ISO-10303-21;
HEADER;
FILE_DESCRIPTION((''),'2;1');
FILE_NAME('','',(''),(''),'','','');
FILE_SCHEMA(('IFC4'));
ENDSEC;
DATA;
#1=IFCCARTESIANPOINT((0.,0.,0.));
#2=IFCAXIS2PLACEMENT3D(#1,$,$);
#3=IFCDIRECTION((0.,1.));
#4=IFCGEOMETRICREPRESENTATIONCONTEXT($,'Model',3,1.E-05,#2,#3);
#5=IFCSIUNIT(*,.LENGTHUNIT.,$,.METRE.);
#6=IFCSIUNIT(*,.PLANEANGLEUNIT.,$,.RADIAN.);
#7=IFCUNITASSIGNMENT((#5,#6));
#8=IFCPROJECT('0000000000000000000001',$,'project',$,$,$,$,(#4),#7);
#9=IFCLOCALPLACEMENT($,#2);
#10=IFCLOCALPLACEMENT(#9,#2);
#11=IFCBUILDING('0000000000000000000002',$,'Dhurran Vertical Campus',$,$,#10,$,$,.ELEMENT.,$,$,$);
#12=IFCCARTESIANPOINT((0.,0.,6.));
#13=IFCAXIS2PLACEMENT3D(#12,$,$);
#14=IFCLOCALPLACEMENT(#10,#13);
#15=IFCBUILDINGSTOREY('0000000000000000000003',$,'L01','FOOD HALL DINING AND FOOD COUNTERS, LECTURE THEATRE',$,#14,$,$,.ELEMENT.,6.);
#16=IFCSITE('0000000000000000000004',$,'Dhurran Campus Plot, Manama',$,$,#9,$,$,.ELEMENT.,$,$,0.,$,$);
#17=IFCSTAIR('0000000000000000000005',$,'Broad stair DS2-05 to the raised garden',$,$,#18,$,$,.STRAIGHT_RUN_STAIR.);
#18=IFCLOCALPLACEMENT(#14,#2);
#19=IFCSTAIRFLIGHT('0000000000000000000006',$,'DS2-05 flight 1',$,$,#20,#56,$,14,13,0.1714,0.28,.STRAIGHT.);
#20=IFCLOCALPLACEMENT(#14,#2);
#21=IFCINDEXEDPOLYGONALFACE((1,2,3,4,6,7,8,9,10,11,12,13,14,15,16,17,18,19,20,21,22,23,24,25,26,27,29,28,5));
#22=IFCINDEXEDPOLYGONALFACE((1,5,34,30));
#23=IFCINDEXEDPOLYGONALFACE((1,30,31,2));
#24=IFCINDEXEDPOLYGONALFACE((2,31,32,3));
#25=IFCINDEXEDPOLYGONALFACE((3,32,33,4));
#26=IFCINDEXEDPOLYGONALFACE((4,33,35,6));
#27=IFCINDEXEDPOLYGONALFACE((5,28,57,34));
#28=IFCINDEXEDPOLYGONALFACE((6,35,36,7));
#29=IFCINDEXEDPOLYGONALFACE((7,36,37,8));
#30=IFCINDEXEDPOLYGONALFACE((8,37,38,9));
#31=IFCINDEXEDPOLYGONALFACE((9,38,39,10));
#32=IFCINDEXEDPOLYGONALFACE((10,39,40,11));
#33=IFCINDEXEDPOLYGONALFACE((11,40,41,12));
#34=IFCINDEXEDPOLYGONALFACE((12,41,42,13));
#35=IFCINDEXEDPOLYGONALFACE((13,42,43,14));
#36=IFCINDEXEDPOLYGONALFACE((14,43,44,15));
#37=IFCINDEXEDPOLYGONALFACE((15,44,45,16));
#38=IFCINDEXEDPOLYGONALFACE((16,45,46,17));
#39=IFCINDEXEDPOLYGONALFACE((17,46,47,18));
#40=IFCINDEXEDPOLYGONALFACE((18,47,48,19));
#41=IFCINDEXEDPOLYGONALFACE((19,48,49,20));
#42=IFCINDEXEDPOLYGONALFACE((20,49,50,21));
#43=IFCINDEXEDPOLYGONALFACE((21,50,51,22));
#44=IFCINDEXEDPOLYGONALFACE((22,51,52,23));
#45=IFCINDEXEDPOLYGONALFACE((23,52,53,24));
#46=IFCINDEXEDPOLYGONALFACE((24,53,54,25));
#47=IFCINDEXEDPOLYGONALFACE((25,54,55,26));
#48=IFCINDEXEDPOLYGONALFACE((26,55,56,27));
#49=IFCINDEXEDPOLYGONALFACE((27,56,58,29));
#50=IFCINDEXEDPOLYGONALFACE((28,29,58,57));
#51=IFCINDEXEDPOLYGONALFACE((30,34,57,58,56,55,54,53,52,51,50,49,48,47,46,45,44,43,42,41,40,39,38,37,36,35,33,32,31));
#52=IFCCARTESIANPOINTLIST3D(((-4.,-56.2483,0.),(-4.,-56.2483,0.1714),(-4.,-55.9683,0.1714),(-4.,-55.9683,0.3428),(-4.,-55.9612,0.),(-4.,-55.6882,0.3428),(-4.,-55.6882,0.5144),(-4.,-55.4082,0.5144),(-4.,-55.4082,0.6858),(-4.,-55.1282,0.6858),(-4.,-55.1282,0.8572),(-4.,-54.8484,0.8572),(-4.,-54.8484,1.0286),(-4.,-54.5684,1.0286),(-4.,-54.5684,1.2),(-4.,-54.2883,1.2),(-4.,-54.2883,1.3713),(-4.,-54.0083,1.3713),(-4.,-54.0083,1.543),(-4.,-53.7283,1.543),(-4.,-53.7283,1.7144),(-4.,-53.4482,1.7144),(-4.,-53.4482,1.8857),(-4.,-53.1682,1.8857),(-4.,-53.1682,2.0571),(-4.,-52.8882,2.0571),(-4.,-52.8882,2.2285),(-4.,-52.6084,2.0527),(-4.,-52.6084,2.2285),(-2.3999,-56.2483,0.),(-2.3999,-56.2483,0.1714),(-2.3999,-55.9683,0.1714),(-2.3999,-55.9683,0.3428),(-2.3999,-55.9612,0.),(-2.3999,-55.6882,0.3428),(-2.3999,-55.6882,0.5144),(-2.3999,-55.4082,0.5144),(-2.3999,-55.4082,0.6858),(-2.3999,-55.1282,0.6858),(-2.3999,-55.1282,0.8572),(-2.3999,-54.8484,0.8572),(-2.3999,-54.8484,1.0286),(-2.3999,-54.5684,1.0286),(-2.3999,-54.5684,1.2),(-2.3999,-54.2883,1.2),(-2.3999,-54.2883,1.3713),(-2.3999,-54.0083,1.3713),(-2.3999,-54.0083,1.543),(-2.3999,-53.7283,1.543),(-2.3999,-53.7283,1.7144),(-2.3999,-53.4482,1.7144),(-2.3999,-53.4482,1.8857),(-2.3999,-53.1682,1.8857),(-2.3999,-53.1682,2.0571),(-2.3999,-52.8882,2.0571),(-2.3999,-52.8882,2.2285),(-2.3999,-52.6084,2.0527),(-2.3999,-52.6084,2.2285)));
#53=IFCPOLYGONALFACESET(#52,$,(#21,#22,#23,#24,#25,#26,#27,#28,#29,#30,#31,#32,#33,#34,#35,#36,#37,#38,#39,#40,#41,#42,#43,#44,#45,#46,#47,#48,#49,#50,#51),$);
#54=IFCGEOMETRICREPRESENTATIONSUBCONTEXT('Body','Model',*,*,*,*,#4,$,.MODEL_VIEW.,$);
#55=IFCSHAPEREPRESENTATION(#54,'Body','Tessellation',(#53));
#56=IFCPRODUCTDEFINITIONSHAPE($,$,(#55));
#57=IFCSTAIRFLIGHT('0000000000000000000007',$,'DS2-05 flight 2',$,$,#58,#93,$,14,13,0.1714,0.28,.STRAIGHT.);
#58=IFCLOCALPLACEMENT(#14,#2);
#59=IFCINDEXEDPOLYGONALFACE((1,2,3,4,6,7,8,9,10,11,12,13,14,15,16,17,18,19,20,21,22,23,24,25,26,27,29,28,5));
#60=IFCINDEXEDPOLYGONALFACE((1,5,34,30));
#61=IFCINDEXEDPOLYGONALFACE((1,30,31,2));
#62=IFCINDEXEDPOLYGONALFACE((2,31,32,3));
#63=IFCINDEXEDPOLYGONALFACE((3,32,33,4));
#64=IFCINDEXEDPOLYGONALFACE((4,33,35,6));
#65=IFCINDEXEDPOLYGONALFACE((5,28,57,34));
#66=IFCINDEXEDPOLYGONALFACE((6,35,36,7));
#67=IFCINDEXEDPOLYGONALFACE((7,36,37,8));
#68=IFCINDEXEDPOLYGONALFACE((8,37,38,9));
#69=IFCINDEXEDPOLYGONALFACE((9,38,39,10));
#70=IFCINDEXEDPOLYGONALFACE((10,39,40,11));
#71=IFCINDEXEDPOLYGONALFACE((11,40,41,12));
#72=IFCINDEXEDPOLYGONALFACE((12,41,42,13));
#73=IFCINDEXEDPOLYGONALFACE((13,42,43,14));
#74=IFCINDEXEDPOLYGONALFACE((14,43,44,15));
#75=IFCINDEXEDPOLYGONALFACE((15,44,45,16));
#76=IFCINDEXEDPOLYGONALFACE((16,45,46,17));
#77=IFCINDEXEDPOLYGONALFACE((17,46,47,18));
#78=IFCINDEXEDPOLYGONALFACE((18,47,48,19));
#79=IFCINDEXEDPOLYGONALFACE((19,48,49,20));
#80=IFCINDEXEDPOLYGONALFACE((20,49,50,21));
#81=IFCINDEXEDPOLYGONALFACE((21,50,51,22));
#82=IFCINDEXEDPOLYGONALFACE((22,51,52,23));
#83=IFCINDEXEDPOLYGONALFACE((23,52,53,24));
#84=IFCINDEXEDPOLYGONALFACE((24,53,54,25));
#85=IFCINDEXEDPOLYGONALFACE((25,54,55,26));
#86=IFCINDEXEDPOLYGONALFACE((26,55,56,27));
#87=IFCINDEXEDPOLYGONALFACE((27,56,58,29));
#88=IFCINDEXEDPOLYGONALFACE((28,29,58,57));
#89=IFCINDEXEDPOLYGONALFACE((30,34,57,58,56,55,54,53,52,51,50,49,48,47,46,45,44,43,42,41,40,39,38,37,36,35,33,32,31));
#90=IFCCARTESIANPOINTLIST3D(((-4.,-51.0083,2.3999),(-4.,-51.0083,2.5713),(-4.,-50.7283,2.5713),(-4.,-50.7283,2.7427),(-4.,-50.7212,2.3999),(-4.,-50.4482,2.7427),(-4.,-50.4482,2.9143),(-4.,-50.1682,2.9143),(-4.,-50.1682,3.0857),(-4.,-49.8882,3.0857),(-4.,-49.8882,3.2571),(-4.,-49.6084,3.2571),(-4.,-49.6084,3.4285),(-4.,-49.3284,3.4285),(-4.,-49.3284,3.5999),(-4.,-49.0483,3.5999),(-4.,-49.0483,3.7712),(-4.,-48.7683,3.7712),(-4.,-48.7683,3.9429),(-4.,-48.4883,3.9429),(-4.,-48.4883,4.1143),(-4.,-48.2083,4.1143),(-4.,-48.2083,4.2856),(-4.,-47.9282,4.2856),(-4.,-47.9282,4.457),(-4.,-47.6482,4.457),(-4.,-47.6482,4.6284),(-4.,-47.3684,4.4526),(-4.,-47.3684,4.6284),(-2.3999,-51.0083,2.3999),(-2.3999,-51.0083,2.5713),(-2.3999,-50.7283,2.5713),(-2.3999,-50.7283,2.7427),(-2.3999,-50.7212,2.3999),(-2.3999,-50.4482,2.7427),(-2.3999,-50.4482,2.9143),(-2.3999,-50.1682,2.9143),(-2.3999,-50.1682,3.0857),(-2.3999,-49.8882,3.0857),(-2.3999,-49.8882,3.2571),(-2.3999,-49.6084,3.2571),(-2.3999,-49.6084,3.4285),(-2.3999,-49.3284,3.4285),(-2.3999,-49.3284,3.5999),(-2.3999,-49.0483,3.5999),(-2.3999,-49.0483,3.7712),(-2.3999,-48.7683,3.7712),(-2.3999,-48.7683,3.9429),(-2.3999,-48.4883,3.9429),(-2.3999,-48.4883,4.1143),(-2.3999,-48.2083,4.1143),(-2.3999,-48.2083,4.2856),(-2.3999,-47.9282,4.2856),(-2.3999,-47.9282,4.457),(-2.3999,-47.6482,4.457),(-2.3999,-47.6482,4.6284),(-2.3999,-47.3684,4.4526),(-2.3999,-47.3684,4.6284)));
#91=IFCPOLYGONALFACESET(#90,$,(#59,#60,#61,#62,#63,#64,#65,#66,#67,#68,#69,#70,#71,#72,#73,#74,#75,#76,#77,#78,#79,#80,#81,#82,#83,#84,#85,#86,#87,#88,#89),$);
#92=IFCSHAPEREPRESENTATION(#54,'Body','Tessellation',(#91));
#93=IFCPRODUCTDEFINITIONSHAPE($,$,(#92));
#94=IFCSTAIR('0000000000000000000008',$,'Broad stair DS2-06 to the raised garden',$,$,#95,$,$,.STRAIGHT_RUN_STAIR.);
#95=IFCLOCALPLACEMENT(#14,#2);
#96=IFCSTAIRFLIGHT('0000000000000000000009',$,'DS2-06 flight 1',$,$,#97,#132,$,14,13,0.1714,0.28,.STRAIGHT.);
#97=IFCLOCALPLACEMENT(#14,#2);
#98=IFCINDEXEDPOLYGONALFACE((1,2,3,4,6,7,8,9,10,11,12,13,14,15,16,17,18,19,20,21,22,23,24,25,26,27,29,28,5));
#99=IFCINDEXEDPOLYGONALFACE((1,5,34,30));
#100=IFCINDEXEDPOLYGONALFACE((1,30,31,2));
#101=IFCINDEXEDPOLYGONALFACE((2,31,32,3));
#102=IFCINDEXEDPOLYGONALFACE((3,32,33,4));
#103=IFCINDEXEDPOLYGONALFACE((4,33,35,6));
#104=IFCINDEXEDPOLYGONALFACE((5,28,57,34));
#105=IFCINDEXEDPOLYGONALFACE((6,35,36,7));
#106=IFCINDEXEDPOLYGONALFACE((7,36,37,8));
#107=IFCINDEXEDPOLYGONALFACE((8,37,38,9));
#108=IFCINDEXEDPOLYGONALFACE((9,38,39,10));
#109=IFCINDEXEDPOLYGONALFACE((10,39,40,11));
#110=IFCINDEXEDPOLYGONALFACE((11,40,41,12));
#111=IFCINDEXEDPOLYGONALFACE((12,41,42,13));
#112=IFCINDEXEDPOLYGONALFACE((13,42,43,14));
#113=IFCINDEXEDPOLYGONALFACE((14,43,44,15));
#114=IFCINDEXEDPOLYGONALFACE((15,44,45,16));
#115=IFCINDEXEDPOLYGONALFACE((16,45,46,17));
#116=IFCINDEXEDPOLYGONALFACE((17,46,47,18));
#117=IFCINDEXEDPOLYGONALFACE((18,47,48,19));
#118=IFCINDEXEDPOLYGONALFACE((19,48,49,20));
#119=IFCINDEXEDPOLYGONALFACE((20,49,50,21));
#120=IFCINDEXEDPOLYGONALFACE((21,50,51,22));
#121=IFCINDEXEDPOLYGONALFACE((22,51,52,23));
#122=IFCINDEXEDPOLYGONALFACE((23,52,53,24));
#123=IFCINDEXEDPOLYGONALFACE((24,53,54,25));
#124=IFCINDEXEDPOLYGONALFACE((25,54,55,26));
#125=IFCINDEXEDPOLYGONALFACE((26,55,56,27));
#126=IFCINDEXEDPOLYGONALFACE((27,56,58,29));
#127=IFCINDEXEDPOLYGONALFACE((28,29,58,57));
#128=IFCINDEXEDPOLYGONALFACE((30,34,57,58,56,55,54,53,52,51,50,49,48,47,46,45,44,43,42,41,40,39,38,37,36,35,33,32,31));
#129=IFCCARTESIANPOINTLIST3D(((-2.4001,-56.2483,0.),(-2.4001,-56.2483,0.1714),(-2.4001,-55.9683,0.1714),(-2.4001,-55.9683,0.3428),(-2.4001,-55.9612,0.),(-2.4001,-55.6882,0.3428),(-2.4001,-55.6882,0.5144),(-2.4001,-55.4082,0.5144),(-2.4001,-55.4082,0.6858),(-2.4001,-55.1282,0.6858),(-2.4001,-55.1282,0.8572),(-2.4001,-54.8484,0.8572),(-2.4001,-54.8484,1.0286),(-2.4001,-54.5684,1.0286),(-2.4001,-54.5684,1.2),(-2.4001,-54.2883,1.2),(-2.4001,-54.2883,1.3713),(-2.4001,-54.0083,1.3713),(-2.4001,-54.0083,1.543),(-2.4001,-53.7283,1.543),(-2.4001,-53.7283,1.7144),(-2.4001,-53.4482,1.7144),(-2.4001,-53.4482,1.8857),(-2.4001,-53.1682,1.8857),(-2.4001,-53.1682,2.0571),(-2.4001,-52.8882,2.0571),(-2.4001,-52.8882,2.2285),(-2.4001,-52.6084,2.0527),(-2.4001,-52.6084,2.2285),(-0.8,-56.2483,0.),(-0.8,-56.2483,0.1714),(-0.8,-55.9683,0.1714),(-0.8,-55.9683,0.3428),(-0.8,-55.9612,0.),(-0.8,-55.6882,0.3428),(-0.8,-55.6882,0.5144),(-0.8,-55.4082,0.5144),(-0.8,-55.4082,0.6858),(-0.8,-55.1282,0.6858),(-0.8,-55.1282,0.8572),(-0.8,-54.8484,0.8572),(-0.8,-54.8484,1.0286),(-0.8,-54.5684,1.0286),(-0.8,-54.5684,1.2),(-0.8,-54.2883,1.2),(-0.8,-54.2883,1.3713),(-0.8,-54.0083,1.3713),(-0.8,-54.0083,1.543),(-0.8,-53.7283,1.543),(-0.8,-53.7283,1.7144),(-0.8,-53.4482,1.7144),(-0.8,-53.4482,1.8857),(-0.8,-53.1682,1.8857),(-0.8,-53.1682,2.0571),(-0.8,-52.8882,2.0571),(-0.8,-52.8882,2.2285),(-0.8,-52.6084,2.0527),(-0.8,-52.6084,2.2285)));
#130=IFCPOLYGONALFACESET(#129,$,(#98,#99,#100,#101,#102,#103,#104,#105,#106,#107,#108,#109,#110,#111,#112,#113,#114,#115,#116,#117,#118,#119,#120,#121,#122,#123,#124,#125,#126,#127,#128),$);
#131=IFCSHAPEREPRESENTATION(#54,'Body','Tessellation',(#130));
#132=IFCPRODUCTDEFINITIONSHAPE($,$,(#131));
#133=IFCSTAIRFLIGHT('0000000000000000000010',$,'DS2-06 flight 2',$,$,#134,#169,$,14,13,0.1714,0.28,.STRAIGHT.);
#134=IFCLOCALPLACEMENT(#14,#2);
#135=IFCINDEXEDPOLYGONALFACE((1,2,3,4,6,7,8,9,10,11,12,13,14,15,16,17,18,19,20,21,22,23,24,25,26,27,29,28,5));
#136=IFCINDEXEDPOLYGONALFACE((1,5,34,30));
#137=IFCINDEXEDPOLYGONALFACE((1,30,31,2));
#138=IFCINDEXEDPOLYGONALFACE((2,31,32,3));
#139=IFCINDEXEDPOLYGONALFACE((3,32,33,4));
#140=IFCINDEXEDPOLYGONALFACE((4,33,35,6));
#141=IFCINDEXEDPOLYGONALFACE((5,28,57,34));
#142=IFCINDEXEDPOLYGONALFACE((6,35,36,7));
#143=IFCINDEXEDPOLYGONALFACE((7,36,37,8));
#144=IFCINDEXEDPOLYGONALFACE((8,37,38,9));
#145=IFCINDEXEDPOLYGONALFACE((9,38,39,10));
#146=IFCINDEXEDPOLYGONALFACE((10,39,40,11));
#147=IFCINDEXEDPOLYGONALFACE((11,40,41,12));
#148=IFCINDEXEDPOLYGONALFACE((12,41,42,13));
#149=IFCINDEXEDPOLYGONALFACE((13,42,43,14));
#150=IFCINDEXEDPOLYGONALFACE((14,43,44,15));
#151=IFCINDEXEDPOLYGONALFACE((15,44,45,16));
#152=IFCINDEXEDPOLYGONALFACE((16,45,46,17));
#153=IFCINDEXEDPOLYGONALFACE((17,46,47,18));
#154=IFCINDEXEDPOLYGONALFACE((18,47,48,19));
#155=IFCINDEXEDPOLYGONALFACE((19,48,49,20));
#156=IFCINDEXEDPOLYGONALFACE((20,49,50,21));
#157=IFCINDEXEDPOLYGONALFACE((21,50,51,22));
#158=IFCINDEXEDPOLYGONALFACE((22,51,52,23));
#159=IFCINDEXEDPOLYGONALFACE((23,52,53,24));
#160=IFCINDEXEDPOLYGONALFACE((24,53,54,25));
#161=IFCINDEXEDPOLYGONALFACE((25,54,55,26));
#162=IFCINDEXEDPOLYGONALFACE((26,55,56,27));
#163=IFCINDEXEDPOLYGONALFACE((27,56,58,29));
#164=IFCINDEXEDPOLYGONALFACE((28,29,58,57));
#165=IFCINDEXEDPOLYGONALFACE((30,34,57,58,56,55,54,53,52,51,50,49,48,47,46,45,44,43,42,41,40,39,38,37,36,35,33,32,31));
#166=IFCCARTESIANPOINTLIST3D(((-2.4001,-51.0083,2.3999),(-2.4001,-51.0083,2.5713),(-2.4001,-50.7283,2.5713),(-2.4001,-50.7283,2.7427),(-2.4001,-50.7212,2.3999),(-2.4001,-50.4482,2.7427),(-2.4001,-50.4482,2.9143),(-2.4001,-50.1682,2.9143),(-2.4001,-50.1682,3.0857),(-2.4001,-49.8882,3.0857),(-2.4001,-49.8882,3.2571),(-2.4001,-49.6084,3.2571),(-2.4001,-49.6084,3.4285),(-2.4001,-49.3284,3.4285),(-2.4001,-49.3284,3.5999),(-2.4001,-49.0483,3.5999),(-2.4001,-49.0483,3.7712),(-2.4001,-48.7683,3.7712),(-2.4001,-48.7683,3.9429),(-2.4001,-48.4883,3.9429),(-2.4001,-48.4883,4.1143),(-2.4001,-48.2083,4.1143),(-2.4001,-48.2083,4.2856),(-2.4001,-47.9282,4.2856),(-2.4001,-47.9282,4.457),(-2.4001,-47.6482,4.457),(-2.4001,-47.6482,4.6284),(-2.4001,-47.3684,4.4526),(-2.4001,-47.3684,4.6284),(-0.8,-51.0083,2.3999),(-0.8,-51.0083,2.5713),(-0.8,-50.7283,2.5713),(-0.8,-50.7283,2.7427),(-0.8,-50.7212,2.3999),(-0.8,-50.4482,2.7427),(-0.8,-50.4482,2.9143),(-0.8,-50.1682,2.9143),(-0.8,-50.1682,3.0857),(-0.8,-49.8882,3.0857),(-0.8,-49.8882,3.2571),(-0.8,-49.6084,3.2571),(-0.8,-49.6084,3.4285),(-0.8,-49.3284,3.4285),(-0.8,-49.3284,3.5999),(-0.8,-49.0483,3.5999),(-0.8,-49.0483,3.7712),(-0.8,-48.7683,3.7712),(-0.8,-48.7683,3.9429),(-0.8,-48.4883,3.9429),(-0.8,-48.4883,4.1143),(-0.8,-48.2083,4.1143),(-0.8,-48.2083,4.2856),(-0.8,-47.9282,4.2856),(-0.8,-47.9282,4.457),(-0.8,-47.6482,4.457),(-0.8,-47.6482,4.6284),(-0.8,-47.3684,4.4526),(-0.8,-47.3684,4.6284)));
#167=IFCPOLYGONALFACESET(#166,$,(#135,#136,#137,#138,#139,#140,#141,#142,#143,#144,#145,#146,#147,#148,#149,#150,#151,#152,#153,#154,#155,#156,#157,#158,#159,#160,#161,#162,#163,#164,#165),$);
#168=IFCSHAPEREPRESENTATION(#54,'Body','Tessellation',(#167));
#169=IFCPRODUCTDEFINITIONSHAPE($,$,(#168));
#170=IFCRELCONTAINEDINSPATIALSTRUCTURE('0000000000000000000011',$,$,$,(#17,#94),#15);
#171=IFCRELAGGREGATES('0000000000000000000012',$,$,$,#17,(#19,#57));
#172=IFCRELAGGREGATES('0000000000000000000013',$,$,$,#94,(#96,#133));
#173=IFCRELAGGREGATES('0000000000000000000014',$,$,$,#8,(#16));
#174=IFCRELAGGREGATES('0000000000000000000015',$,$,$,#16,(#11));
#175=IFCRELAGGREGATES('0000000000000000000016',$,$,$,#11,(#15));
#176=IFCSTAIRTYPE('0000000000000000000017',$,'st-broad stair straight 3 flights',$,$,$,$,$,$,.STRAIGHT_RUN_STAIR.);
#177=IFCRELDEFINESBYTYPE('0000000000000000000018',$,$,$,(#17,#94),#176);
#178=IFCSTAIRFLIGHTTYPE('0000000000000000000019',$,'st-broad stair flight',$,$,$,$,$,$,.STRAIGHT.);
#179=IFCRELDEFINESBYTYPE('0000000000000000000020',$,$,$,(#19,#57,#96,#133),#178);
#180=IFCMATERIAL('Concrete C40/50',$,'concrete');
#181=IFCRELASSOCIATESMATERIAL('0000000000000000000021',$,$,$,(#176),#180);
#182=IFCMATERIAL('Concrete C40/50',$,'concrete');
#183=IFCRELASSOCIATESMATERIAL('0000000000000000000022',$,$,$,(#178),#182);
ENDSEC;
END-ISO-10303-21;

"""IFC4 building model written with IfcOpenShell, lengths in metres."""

from ifc_helpers import new_model, si_unit, direction, frame, origin, place, context, subcontext, project, spatial, polyline, outline, extrude, material, type_object, element, aggregate, save


model = new_model("IFC4")

# Units and contexts
model_context = context("Model", 3, precision=1e-05, world=origin(), true_north=direction((0.0, 1.0)))
body_context = subcontext(model_context, "Body", "Model", "MODEL_VIEW")
ifc_project = project(units=[si_unit("LENGTHUNIT", "METRE"), si_unit("PLANEANGLEUNIT", "RADIAN")], contexts=[model_context])

# Site, building, storey
site_placement = place(None, origin())
site = spatial("IfcSite", under=ifc_project, at=site_placement, Name="Dhurran Campus Plot, Manama", CompositionType="ELEMENT", RefElevation=0.0)
building_placement = place(site_placement, origin())
building = spatial("IfcBuilding", under=site, at=building_placement, Name="Dhurran Vertical Campus", CompositionType="ELEMENT")
storey_placement = place(building_placement, frame((0.0, 0.0, 6.0)))
storey = spatial("IfcBuildingStorey", under=building, at=storey_placement, Name="L01", Description="FOOD HALL DINING AND FOOD COUNTERS, LECTURE THEATRE", CompositionType="ELEMENT", Elevation=6.0)

# Stairs, stair flights
ifc_material_1 = material(Name="Concrete C40/50", Category="concrete")
stair_type = type_object("IfcStairType", Name="st-broad stair straight 3 flights", PredefinedType="STRAIGHT_RUN_STAIR", material=ifc_material_1)
ifc_material_2 = material(Name="Concrete C40/50", Category="concrete")
stair_flight_type = type_object("IfcStairFlightType", Name="st-broad stair flight", PredefinedType="STRAIGHT", material=ifc_material_2)
stair_1_placement = place(storey_placement, origin())
stair_1 = element("IfcStair", 1, at=stair_1_placement, inside=storey, type_object=stair_type, Name="Broad stair DS2-05 to the raised garden", PredefinedType="STRAIGHT_RUN_STAIR")
stair_flight_1_placement = place(storey_placement, frame((-3.2, -56.2483, 0.0), z_axis=(0.0, 0.0, 1.0), x_axis=(0.0, 1.0, 0.0)))
stair_flight_1 = element("IfcStairFlight", 2, at=stair_flight_1_placement, type_object=stair_flight_type, Name="DS2-05 flight 1", NumberOfRisers=14, NumberOfTreads=13, PredefinedType="STRAIGHT", RiserHeight=0.1714, TreadLength=0.28, context=body_context, shape_type="SweptSolid", body=[
    extrude(outline(polyline([(0.0, 0.0), (0.0, 0.1714), (0.28, 0.1714), (0.28, 0.3428), (0.5601, 0.3428), (0.5601, 0.5144), (0.8401, 0.5144), (0.8401, 0.6858), (1.1201, 0.6858), (1.1201, 0.8572), (1.3999, 0.8572), (1.3999, 1.0286), (1.6799, 1.0286), (1.6799, 1.2), (1.96, 1.2), (1.96, 1.3713), (2.24, 1.3713), (2.24, 1.543), (2.52, 1.543), (2.52, 1.7144), (2.8, 1.7144), (2.8, 1.8857), (3.0801, 1.8857), (3.0801, 2.0571), (3.3601, 2.0571), (3.3601, 2.2285), (3.6399, 2.2285), (3.6399, 2.3999), (3.6399, 2.0527), (0.2871, 0.0), (0.0, 0.0)])), frame((0.0, 0.8, 0.0), z_axis=(0.0, -1.0, 0.0), x_axis=(1.0, 0.0, 0.0)), (0.0, 0.0, 1.0), 1.6001),
])
stair_flight_2_placement = place(storey_placement, frame((-3.2, -51.0083, 2.3999), z_axis=(0.0, 0.0, 1.0), x_axis=(0.0, 1.0, 0.0)))
stair_flight_2 = element("IfcStairFlight", 3, at=stair_flight_2_placement, type_object=stair_flight_type, Name="DS2-05 flight 2", NumberOfRisers=14, NumberOfTreads=13, PredefinedType="STRAIGHT", RiserHeight=0.1714, TreadLength=0.28, context=body_context, shape_type="SweptSolid", body=[
    extrude(outline(polyline([(0.0, 0.0), (0.0, 0.1714), (0.28, 0.1714), (0.28, 0.3428), (0.5601, 0.3428), (0.5601, 0.5144), (0.8401, 0.5144), (0.8401, 0.6858), (1.1201, 0.6858), (1.1201, 0.8572), (1.3999, 0.8572), (1.3999, 1.0286), (1.6799, 1.0286), (1.6799, 1.2), (1.96, 1.2), (1.96, 1.3713), (2.24, 1.3713), (2.24, 1.543), (2.52, 1.543), (2.52, 1.7144), (2.8, 1.7144), (2.8, 1.8857), (3.0801, 1.8857), (3.0801, 2.0571), (3.3601, 2.0571), (3.3601, 2.2285), (3.6399, 2.2285), (3.6399, 2.3999), (3.6399, 2.0527), (0.2871, 0.0), (0.0, 0.0)])), frame((0.0, 0.8, 0.0), z_axis=(0.0, -1.0, 0.0), x_axis=(1.0, 0.0, 0.0)), (0.0, 0.0, 1.0), 1.6001),
])
aggregate(stair_1, [stair_flight_1, stair_flight_2])
stair_2_placement = place(storey_placement, origin())
stair_2 = element("IfcStair", 4, at=stair_2_placement, inside=storey, type_object=stair_type, Name="Broad stair DS2-06 to the raised garden", PredefinedType="STRAIGHT_RUN_STAIR")
stair_flight_3_placement = place(storey_placement, frame((-1.6001, -56.2483, 0.0), z_axis=(0.0, 0.0, 1.0), x_axis=(0.0, 1.0, 0.0)))
stair_flight_3 = element("IfcStairFlight", 5, at=stair_flight_3_placement, type_object=stair_flight_type, Name="DS2-06 flight 1", NumberOfRisers=14, NumberOfTreads=13, PredefinedType="STRAIGHT", RiserHeight=0.1714, TreadLength=0.28, context=body_context, shape_type="SweptSolid", body=[
    extrude(outline(polyline([(0.0, 0.0), (0.0, 0.1714), (0.28, 0.1714), (0.28, 0.3428), (0.5601, 0.3428), (0.5601, 0.5144), (0.8401, 0.5144), (0.8401, 0.6858), (1.1201, 0.6858), (1.1201, 0.8572), (1.3999, 0.8572), (1.3999, 1.0286), (1.6799, 1.0286), (1.6799, 1.2), (1.96, 1.2), (1.96, 1.3713), (2.24, 1.3713), (2.24, 1.543), (2.52, 1.543), (2.52, 1.7144), (2.8, 1.7144), (2.8, 1.8857), (3.0801, 1.8857), (3.0801, 2.0571), (3.3601, 2.0571), (3.3601, 2.2285), (3.6399, 2.2285), (3.6399, 2.3999), (3.6399, 2.0527), (0.2871, 0.0), (0.0, 0.0)])), frame((0.0, 0.8, 0.0), z_axis=(0.0, -1.0, 0.0), x_axis=(1.0, 0.0, 0.0)), (0.0, 0.0, 1.0), 1.6001),
])
stair_flight_4_placement = place(storey_placement, frame((-1.6001, -51.0083, 2.3999), z_axis=(0.0, 0.0, 1.0), x_axis=(0.0, 1.0, 0.0)))
stair_flight_4 = element("IfcStairFlight", 6, at=stair_flight_4_placement, type_object=stair_flight_type, Name="DS2-06 flight 2", NumberOfRisers=14, NumberOfTreads=13, PredefinedType="STRAIGHT", RiserHeight=0.1714, TreadLength=0.28, context=body_context, shape_type="SweptSolid", body=[
    extrude(outline(polyline([(0.0, 0.0), (0.0, 0.1714), (0.28, 0.1714), (0.28, 0.3428), (0.5601, 0.3428), (0.5601, 0.5144), (0.8401, 0.5144), (0.8401, 0.6858), (1.1201, 0.6858), (1.1201, 0.8572), (1.3999, 0.8572), (1.3999, 1.0286), (1.6799, 1.0286), (1.6799, 1.2), (1.96, 1.2), (1.96, 1.3713), (2.24, 1.3713), (2.24, 1.543), (2.52, 1.543), (2.52, 1.7144), (2.8, 1.7144), (2.8, 1.8857), (3.0801, 1.8857), (3.0801, 2.0571), (3.3601, 2.0571), (3.3601, 2.2285), (3.6399, 2.2285), (3.6399, 2.3999), (3.6399, 2.0527), (0.2871, 0.0), (0.0, 0.0)])), frame((0.0, 0.8, 0.0), z_axis=(0.0, -1.0, 0.0), x_axis=(1.0, 0.0, 0.0)), (0.0, 0.0, 1.0), 1.6001),
])
aggregate(stair_2, [stair_flight_3, stair_flight_4])

save(model, "model.ifc")
